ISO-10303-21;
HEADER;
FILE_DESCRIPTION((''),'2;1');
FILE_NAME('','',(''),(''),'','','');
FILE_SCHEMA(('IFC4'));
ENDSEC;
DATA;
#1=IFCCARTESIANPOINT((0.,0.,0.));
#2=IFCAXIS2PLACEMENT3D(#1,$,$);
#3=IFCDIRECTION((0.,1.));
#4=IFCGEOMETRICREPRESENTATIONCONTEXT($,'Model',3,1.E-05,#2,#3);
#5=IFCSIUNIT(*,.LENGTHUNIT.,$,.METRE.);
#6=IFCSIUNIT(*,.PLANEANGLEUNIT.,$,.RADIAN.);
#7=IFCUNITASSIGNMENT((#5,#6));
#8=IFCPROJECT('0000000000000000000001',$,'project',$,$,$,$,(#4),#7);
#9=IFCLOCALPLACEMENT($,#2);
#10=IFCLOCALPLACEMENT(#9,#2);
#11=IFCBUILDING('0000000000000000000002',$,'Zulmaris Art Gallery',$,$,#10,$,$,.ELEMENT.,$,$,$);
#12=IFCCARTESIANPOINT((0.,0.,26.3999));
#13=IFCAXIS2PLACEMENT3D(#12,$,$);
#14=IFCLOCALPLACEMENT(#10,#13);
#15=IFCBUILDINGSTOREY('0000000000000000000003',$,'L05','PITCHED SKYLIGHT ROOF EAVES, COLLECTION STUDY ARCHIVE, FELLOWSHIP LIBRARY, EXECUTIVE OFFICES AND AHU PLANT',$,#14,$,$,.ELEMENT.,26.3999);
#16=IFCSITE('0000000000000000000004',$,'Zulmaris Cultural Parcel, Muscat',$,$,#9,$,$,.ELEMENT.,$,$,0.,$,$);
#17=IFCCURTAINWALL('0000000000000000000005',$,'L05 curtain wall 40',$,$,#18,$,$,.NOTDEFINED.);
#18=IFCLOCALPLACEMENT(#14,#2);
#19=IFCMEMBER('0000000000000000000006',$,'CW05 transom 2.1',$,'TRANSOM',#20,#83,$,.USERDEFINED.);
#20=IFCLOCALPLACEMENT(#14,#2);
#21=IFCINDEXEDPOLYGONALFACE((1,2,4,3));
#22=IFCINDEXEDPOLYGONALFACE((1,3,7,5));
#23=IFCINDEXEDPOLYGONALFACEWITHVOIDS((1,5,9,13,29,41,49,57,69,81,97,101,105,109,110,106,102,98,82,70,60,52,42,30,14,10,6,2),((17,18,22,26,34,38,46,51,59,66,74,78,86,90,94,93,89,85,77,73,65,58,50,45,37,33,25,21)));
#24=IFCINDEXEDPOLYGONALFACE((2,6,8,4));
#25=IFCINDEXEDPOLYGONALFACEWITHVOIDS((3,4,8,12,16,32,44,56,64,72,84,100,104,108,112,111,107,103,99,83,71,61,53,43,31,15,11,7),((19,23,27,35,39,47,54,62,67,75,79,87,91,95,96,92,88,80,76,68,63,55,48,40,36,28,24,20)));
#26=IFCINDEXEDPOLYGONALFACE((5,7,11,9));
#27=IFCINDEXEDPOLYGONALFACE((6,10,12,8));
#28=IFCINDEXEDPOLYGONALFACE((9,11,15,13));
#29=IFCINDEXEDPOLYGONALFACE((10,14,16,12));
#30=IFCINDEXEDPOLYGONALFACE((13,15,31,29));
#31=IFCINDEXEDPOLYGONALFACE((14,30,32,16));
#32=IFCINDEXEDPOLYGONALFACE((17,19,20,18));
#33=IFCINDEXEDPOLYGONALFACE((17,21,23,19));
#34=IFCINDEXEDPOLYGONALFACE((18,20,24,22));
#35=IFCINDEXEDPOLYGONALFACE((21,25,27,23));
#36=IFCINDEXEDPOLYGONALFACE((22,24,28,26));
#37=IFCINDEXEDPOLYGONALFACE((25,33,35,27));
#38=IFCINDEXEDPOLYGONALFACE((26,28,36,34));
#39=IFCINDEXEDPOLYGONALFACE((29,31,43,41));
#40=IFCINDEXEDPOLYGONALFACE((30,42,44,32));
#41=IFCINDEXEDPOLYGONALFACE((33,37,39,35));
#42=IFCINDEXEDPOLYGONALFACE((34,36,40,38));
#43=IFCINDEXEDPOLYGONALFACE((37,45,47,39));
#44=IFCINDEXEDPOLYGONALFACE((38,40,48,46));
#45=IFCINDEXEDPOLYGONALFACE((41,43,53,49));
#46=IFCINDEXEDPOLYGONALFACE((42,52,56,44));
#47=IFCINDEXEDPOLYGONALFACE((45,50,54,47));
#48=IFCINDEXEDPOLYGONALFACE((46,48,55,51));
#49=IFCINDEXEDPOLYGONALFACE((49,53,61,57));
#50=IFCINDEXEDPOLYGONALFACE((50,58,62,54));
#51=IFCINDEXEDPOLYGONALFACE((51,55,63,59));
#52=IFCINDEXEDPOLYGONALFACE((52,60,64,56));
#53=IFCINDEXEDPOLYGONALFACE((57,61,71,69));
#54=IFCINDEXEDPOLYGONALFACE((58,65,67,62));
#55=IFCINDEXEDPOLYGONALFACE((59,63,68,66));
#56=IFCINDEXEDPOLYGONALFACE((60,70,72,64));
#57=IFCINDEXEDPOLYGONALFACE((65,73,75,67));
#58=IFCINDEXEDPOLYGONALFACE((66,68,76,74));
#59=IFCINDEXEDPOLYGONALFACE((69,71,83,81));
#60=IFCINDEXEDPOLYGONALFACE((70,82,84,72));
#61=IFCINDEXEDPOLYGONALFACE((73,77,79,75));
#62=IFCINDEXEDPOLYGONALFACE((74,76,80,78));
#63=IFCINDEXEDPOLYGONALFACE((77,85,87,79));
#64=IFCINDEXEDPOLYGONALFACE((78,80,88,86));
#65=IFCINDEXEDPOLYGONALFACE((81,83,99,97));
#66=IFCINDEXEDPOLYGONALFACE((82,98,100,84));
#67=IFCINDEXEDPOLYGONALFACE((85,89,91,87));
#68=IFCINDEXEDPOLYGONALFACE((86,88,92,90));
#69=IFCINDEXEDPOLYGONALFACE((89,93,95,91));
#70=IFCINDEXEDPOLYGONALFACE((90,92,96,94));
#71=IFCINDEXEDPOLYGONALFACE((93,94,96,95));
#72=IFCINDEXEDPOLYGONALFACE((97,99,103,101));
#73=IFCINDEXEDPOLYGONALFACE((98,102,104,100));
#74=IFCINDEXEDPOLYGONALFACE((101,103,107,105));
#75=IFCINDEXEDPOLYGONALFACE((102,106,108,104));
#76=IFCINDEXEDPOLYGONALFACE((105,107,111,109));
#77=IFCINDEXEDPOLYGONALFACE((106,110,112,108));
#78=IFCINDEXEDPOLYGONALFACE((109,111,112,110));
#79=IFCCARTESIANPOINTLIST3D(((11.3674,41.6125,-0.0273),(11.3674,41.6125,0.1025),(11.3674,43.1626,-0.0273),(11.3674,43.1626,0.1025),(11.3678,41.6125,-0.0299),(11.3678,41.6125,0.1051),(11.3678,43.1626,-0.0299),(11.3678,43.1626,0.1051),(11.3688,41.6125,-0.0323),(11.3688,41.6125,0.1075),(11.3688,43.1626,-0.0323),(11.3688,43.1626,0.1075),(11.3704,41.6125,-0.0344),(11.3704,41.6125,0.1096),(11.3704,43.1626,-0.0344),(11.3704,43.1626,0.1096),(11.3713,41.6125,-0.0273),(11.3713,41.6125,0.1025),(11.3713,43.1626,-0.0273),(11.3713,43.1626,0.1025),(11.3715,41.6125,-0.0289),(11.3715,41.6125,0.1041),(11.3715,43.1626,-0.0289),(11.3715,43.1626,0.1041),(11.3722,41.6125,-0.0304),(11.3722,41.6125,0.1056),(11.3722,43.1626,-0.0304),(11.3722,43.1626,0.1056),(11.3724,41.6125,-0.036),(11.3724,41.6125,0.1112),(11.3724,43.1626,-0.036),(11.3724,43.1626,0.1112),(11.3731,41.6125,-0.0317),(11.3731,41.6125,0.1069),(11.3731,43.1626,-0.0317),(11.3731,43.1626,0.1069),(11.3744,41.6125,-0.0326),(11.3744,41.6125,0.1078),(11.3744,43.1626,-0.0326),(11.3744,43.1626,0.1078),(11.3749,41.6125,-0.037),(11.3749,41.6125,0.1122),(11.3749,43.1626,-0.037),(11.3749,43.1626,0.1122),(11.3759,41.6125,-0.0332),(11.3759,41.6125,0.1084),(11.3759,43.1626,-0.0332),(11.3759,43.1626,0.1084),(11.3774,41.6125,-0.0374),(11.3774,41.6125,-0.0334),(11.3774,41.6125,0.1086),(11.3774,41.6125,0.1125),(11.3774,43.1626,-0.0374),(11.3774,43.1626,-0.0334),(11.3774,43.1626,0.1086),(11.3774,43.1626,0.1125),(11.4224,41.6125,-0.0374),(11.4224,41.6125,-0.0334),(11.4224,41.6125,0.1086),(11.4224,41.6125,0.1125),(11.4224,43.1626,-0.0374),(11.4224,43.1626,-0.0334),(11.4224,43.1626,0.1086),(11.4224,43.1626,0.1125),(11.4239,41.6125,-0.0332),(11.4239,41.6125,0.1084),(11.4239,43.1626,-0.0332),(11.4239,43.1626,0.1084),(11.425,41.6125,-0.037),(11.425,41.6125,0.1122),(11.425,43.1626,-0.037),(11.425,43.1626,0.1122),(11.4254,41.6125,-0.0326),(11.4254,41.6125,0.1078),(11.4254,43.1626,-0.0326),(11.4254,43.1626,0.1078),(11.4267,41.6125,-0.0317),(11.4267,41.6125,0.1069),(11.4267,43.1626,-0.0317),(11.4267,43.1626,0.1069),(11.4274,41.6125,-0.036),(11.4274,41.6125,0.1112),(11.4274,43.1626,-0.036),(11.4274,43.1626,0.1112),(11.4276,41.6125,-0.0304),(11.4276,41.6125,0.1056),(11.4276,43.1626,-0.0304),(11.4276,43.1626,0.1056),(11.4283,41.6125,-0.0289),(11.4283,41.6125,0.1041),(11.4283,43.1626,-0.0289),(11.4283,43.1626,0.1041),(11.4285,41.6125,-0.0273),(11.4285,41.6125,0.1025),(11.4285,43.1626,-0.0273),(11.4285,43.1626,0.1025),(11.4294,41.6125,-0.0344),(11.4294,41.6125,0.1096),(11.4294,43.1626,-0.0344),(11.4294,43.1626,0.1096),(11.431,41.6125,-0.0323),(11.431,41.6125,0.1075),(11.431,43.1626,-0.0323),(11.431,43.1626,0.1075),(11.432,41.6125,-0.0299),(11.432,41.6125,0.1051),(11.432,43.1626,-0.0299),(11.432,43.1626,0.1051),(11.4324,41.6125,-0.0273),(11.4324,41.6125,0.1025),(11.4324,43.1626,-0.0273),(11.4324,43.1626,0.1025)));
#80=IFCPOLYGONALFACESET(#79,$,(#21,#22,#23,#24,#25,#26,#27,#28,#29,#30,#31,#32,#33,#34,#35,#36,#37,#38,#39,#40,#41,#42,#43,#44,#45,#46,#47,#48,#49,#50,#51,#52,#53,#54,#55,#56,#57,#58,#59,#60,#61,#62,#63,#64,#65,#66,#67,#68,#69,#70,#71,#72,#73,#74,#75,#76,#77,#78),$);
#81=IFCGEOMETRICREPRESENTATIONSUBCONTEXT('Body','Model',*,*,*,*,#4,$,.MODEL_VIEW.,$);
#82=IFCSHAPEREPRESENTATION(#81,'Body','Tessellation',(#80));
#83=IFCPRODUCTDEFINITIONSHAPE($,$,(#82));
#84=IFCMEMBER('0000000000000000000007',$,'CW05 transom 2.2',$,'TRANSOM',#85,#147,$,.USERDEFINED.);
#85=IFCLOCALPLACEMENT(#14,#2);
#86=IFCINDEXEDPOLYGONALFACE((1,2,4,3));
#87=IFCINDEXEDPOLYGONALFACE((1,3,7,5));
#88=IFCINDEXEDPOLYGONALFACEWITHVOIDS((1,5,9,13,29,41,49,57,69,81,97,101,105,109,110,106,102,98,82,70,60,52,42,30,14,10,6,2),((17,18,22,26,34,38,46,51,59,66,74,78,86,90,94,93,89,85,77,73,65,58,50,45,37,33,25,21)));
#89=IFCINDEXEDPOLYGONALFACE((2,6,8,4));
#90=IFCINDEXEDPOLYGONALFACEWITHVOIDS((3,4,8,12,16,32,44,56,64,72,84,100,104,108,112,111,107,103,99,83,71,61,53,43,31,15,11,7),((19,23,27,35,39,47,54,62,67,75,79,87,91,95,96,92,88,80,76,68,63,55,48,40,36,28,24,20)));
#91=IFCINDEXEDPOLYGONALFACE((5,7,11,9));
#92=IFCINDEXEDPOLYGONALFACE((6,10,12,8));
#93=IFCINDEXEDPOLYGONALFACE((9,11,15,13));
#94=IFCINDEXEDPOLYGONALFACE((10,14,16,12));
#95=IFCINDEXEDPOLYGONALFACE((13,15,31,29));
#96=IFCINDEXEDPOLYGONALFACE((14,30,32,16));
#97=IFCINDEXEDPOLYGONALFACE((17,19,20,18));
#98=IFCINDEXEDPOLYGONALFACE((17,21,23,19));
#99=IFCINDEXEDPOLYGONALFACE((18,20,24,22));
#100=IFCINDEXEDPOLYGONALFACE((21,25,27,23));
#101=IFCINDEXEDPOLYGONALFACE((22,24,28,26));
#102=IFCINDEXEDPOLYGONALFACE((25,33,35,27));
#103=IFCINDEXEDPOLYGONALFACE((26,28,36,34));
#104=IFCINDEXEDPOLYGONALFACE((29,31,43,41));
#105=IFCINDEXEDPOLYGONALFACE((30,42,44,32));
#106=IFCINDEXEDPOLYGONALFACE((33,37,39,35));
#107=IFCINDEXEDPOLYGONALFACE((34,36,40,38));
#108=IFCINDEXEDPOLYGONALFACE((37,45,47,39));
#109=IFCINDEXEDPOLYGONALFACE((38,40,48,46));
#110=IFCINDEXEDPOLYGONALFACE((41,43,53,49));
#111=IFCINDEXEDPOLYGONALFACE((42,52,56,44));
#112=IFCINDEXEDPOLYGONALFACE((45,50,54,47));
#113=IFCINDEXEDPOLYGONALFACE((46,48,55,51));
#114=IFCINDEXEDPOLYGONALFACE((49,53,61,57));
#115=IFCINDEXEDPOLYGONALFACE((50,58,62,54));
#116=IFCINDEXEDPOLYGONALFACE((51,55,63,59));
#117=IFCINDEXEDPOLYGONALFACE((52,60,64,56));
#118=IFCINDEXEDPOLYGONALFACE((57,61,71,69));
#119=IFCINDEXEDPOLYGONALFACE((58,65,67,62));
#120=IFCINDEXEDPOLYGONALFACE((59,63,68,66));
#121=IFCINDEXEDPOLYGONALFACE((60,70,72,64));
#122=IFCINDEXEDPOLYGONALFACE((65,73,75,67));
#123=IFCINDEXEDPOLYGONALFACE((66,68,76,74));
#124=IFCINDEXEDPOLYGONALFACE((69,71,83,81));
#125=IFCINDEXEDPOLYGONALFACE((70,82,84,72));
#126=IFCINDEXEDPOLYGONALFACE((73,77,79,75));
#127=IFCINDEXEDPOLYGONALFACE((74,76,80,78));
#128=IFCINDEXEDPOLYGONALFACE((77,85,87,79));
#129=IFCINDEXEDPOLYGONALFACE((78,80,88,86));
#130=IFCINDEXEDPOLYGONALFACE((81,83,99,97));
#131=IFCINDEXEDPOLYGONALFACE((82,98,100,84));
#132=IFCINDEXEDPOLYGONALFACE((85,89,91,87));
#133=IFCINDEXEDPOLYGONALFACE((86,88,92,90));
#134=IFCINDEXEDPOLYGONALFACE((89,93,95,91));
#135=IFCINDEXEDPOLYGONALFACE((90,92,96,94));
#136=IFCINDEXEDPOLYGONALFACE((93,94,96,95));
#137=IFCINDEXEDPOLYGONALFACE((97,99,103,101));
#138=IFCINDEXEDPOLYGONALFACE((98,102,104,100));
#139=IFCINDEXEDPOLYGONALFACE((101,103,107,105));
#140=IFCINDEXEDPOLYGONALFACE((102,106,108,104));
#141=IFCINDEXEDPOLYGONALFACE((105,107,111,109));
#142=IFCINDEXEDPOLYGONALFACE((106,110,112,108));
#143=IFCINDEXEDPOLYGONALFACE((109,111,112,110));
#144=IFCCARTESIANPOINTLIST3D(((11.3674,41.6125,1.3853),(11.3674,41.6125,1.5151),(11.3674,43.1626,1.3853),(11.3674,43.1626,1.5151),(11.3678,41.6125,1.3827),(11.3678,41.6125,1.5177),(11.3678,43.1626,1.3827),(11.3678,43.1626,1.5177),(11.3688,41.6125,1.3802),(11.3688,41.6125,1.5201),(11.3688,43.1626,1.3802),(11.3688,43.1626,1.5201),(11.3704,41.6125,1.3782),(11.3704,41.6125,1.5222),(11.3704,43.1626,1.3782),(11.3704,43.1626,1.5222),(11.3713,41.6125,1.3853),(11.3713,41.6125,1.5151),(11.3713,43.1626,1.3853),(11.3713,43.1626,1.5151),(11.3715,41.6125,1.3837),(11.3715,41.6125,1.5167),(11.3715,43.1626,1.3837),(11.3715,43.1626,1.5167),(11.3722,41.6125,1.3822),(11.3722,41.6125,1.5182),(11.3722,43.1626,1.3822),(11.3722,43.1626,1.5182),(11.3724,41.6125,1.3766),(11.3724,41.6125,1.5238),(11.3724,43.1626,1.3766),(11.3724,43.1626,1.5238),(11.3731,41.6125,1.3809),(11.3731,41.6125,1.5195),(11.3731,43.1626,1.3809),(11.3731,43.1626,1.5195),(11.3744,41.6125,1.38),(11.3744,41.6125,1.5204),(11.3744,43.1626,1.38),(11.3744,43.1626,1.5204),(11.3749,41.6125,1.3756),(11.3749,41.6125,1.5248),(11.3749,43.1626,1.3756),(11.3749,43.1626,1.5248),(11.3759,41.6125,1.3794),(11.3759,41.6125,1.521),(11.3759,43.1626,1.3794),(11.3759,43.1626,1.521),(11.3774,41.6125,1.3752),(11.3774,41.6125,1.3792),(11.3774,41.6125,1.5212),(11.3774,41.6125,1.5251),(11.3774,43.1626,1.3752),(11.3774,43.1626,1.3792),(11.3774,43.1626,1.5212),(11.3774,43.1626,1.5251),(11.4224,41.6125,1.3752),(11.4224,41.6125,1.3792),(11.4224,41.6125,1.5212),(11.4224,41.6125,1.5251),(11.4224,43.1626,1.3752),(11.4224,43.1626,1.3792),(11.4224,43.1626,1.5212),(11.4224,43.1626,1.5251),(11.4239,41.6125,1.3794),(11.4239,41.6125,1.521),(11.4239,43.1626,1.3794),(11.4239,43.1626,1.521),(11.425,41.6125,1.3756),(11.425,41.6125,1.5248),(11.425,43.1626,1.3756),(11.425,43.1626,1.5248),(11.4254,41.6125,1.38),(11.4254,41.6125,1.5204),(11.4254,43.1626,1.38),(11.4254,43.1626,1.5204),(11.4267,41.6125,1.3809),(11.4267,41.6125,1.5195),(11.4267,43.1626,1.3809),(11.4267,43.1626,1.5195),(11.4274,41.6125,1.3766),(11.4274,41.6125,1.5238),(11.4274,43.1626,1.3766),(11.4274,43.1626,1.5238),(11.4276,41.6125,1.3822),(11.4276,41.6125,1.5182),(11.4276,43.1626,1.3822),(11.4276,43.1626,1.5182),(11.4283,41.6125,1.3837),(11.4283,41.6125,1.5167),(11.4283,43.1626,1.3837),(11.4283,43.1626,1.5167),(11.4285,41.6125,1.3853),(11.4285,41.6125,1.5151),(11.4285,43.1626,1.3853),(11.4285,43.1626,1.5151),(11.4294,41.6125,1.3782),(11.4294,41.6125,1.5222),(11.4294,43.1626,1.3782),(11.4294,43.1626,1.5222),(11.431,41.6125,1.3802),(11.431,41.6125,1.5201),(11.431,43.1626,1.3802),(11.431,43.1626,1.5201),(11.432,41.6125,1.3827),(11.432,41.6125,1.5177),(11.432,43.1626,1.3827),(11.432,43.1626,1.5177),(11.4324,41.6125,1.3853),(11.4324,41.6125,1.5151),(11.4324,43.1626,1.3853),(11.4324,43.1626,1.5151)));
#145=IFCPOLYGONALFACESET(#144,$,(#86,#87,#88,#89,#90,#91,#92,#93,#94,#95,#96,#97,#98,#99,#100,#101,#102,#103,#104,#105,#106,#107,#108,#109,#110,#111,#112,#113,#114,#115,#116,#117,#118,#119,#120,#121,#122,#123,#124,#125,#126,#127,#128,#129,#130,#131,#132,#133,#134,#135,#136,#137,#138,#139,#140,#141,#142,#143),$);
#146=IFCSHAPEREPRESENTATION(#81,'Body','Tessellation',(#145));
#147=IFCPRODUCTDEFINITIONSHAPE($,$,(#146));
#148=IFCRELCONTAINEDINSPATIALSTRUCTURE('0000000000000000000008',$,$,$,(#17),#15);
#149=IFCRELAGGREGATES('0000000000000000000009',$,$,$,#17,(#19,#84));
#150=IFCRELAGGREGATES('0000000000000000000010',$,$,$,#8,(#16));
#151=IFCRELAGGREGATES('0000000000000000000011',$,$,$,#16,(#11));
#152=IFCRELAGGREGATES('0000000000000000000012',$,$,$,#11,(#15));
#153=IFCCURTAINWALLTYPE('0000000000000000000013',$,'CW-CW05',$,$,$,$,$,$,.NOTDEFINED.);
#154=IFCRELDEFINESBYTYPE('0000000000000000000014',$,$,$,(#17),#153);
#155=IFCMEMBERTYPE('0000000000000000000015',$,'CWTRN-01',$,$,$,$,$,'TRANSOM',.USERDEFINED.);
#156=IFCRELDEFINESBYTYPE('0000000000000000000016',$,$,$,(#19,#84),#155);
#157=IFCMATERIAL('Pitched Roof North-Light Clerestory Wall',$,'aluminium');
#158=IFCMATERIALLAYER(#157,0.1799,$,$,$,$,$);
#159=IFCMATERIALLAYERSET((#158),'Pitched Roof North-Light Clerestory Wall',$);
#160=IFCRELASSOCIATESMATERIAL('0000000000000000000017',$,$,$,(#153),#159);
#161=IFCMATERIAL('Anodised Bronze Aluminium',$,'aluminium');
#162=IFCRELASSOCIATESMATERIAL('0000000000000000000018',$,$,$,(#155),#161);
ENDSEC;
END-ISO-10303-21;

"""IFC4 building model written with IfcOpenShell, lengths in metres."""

from ifc_helpers import new_model, si_unit, direction, frame, origin, origin_2d, place, context, subcontext, project, spatial, hollow_rectangle, extrude, material, layer, layer_set, material_profile, profile_set, type_object, element, aggregate, save


model = new_model("IFC4")

# Units and contexts
model_context = context("Model", 3, precision=1e-05, world=origin(), true_north=direction((0.0, 1.0)))
body_context = subcontext(model_context, "Body", "Model", "MODEL_VIEW")
ifc_project = project(units=[si_unit("LENGTHUNIT", "METRE"), si_unit("PLANEANGLEUNIT", "RADIAN")], contexts=[model_context])

# Site, building, storey
site_placement = place(None, origin())
site = spatial("IfcSite", under=ifc_project, at=site_placement, Name="Zulmaris Cultural Parcel, Muscat", CompositionType="ELEMENT", RefElevation=0.0)
building_placement = place(site_placement, origin())
building = spatial("IfcBuilding", under=site, at=building_placement, Name="Zulmaris Art Gallery", CompositionType="ELEMENT")
storey_placement = place(building_placement, frame((0.0, 0.0, 26.3999)))
storey = spatial("IfcBuildingStorey", under=building, at=storey_placement, Name="L05", Description="PITCHED SKYLIGHT ROOF EAVES, COLLECTION STUDY ARCHIVE, FELLOWSHIP LIBRARY, EXECUTIVE OFFICES AND AHU PLANT", CompositionType="ELEMENT", Elevation=26.3999)

# Curtain wall
ifc_material_1 = material(Name="Pitched Roof North-Light Clerestory Wall", Category="aluminium")
ifc_layer_1 = layer(ifc_material_1, 0.1799)
ifc_layer_set_1 = layer_set([ifc_layer_1], Name="Pitched Roof North-Light Clerestory Wall")
curtain_wall_type = type_object("IfcCurtainWallType", Name="CW-CW05", PredefinedType="NOTDEFINED", material=ifc_layer_set_1)
ifc_material_2 = material(Name="Anodised Bronze Aluminium", Category="aluminium")
curtain_wall_1_placement = place(storey_placement, origin())
curtain_wall_1 = element("IfcCurtainWall", 1, at=curtain_wall_1_placement, inside=storey, type_object=curtain_wall_type, Name="L05 curtain wall 40", PredefinedType="NOTDEFINED")

# Members
ifc_material_profile_1 = material_profile(ifc_material_2, hollow_rectangle(XDim=0.0649, YDim=0.1499, WallThickness=0.0039, InnerFilletRadius=0.0061, OuterFilletRadius=0.01, at=origin_2d()), Name="ALU 65x150x4")
ifc_profile_set_1 = profile_set([ifc_material_profile_1], Name="Anodised Bronze Aluminium")
member_type_1 = type_object("IfcMemberType", Name="CWTRN-01", ElementType="TRANSOM", PredefinedType="USERDEFINED", material=ifc_profile_set_1)
member_1_placement = place(storey_placement, frame((11.3999, 41.6125, 0.0376), z_axis=(0.0, 1.0, 0.0), x_axis=(-1.0, 0.0, 0.0)))
member_1 = element("IfcMember", 2, at=member_1_placement, type_object=member_type_1, Name="CW05 transom 2.1", ObjectType="TRANSOM", PredefinedType="USERDEFINED", context=body_context, shape_type="SweptSolid", body=[
    extrude(hollow_rectangle(XDim=0.0649, YDim=0.1499, WallThickness=0.0039, InnerFilletRadius=0.0061, OuterFilletRadius=0.01, at=origin_2d()), origin(), (0.0, 0.0, 1.0), 1.55),
])
member_2_placement = place(storey_placement, frame((11.3999, 41.6125, 1.4502), z_axis=(0.0, 1.0, 0.0), x_axis=(-1.0, 0.0, 0.0)))
member_2 = element("IfcMember", 3, at=member_2_placement, type_object=member_type_1, Name="CW05 transom 2.2", ObjectType="TRANSOM", PredefinedType="USERDEFINED", context=body_context, shape_type="SweptSolid", body=[
    extrude(hollow_rectangle(XDim=0.0649, YDim=0.1499, WallThickness=0.0039, InnerFilletRadius=0.0061, OuterFilletRadius=0.01, at=origin_2d()), origin(), (0.0, 0.0, 1.0), 1.55),
])

aggregate(curtain_wall_1, [member_1, member_2])

save(model, "model.ifc")
